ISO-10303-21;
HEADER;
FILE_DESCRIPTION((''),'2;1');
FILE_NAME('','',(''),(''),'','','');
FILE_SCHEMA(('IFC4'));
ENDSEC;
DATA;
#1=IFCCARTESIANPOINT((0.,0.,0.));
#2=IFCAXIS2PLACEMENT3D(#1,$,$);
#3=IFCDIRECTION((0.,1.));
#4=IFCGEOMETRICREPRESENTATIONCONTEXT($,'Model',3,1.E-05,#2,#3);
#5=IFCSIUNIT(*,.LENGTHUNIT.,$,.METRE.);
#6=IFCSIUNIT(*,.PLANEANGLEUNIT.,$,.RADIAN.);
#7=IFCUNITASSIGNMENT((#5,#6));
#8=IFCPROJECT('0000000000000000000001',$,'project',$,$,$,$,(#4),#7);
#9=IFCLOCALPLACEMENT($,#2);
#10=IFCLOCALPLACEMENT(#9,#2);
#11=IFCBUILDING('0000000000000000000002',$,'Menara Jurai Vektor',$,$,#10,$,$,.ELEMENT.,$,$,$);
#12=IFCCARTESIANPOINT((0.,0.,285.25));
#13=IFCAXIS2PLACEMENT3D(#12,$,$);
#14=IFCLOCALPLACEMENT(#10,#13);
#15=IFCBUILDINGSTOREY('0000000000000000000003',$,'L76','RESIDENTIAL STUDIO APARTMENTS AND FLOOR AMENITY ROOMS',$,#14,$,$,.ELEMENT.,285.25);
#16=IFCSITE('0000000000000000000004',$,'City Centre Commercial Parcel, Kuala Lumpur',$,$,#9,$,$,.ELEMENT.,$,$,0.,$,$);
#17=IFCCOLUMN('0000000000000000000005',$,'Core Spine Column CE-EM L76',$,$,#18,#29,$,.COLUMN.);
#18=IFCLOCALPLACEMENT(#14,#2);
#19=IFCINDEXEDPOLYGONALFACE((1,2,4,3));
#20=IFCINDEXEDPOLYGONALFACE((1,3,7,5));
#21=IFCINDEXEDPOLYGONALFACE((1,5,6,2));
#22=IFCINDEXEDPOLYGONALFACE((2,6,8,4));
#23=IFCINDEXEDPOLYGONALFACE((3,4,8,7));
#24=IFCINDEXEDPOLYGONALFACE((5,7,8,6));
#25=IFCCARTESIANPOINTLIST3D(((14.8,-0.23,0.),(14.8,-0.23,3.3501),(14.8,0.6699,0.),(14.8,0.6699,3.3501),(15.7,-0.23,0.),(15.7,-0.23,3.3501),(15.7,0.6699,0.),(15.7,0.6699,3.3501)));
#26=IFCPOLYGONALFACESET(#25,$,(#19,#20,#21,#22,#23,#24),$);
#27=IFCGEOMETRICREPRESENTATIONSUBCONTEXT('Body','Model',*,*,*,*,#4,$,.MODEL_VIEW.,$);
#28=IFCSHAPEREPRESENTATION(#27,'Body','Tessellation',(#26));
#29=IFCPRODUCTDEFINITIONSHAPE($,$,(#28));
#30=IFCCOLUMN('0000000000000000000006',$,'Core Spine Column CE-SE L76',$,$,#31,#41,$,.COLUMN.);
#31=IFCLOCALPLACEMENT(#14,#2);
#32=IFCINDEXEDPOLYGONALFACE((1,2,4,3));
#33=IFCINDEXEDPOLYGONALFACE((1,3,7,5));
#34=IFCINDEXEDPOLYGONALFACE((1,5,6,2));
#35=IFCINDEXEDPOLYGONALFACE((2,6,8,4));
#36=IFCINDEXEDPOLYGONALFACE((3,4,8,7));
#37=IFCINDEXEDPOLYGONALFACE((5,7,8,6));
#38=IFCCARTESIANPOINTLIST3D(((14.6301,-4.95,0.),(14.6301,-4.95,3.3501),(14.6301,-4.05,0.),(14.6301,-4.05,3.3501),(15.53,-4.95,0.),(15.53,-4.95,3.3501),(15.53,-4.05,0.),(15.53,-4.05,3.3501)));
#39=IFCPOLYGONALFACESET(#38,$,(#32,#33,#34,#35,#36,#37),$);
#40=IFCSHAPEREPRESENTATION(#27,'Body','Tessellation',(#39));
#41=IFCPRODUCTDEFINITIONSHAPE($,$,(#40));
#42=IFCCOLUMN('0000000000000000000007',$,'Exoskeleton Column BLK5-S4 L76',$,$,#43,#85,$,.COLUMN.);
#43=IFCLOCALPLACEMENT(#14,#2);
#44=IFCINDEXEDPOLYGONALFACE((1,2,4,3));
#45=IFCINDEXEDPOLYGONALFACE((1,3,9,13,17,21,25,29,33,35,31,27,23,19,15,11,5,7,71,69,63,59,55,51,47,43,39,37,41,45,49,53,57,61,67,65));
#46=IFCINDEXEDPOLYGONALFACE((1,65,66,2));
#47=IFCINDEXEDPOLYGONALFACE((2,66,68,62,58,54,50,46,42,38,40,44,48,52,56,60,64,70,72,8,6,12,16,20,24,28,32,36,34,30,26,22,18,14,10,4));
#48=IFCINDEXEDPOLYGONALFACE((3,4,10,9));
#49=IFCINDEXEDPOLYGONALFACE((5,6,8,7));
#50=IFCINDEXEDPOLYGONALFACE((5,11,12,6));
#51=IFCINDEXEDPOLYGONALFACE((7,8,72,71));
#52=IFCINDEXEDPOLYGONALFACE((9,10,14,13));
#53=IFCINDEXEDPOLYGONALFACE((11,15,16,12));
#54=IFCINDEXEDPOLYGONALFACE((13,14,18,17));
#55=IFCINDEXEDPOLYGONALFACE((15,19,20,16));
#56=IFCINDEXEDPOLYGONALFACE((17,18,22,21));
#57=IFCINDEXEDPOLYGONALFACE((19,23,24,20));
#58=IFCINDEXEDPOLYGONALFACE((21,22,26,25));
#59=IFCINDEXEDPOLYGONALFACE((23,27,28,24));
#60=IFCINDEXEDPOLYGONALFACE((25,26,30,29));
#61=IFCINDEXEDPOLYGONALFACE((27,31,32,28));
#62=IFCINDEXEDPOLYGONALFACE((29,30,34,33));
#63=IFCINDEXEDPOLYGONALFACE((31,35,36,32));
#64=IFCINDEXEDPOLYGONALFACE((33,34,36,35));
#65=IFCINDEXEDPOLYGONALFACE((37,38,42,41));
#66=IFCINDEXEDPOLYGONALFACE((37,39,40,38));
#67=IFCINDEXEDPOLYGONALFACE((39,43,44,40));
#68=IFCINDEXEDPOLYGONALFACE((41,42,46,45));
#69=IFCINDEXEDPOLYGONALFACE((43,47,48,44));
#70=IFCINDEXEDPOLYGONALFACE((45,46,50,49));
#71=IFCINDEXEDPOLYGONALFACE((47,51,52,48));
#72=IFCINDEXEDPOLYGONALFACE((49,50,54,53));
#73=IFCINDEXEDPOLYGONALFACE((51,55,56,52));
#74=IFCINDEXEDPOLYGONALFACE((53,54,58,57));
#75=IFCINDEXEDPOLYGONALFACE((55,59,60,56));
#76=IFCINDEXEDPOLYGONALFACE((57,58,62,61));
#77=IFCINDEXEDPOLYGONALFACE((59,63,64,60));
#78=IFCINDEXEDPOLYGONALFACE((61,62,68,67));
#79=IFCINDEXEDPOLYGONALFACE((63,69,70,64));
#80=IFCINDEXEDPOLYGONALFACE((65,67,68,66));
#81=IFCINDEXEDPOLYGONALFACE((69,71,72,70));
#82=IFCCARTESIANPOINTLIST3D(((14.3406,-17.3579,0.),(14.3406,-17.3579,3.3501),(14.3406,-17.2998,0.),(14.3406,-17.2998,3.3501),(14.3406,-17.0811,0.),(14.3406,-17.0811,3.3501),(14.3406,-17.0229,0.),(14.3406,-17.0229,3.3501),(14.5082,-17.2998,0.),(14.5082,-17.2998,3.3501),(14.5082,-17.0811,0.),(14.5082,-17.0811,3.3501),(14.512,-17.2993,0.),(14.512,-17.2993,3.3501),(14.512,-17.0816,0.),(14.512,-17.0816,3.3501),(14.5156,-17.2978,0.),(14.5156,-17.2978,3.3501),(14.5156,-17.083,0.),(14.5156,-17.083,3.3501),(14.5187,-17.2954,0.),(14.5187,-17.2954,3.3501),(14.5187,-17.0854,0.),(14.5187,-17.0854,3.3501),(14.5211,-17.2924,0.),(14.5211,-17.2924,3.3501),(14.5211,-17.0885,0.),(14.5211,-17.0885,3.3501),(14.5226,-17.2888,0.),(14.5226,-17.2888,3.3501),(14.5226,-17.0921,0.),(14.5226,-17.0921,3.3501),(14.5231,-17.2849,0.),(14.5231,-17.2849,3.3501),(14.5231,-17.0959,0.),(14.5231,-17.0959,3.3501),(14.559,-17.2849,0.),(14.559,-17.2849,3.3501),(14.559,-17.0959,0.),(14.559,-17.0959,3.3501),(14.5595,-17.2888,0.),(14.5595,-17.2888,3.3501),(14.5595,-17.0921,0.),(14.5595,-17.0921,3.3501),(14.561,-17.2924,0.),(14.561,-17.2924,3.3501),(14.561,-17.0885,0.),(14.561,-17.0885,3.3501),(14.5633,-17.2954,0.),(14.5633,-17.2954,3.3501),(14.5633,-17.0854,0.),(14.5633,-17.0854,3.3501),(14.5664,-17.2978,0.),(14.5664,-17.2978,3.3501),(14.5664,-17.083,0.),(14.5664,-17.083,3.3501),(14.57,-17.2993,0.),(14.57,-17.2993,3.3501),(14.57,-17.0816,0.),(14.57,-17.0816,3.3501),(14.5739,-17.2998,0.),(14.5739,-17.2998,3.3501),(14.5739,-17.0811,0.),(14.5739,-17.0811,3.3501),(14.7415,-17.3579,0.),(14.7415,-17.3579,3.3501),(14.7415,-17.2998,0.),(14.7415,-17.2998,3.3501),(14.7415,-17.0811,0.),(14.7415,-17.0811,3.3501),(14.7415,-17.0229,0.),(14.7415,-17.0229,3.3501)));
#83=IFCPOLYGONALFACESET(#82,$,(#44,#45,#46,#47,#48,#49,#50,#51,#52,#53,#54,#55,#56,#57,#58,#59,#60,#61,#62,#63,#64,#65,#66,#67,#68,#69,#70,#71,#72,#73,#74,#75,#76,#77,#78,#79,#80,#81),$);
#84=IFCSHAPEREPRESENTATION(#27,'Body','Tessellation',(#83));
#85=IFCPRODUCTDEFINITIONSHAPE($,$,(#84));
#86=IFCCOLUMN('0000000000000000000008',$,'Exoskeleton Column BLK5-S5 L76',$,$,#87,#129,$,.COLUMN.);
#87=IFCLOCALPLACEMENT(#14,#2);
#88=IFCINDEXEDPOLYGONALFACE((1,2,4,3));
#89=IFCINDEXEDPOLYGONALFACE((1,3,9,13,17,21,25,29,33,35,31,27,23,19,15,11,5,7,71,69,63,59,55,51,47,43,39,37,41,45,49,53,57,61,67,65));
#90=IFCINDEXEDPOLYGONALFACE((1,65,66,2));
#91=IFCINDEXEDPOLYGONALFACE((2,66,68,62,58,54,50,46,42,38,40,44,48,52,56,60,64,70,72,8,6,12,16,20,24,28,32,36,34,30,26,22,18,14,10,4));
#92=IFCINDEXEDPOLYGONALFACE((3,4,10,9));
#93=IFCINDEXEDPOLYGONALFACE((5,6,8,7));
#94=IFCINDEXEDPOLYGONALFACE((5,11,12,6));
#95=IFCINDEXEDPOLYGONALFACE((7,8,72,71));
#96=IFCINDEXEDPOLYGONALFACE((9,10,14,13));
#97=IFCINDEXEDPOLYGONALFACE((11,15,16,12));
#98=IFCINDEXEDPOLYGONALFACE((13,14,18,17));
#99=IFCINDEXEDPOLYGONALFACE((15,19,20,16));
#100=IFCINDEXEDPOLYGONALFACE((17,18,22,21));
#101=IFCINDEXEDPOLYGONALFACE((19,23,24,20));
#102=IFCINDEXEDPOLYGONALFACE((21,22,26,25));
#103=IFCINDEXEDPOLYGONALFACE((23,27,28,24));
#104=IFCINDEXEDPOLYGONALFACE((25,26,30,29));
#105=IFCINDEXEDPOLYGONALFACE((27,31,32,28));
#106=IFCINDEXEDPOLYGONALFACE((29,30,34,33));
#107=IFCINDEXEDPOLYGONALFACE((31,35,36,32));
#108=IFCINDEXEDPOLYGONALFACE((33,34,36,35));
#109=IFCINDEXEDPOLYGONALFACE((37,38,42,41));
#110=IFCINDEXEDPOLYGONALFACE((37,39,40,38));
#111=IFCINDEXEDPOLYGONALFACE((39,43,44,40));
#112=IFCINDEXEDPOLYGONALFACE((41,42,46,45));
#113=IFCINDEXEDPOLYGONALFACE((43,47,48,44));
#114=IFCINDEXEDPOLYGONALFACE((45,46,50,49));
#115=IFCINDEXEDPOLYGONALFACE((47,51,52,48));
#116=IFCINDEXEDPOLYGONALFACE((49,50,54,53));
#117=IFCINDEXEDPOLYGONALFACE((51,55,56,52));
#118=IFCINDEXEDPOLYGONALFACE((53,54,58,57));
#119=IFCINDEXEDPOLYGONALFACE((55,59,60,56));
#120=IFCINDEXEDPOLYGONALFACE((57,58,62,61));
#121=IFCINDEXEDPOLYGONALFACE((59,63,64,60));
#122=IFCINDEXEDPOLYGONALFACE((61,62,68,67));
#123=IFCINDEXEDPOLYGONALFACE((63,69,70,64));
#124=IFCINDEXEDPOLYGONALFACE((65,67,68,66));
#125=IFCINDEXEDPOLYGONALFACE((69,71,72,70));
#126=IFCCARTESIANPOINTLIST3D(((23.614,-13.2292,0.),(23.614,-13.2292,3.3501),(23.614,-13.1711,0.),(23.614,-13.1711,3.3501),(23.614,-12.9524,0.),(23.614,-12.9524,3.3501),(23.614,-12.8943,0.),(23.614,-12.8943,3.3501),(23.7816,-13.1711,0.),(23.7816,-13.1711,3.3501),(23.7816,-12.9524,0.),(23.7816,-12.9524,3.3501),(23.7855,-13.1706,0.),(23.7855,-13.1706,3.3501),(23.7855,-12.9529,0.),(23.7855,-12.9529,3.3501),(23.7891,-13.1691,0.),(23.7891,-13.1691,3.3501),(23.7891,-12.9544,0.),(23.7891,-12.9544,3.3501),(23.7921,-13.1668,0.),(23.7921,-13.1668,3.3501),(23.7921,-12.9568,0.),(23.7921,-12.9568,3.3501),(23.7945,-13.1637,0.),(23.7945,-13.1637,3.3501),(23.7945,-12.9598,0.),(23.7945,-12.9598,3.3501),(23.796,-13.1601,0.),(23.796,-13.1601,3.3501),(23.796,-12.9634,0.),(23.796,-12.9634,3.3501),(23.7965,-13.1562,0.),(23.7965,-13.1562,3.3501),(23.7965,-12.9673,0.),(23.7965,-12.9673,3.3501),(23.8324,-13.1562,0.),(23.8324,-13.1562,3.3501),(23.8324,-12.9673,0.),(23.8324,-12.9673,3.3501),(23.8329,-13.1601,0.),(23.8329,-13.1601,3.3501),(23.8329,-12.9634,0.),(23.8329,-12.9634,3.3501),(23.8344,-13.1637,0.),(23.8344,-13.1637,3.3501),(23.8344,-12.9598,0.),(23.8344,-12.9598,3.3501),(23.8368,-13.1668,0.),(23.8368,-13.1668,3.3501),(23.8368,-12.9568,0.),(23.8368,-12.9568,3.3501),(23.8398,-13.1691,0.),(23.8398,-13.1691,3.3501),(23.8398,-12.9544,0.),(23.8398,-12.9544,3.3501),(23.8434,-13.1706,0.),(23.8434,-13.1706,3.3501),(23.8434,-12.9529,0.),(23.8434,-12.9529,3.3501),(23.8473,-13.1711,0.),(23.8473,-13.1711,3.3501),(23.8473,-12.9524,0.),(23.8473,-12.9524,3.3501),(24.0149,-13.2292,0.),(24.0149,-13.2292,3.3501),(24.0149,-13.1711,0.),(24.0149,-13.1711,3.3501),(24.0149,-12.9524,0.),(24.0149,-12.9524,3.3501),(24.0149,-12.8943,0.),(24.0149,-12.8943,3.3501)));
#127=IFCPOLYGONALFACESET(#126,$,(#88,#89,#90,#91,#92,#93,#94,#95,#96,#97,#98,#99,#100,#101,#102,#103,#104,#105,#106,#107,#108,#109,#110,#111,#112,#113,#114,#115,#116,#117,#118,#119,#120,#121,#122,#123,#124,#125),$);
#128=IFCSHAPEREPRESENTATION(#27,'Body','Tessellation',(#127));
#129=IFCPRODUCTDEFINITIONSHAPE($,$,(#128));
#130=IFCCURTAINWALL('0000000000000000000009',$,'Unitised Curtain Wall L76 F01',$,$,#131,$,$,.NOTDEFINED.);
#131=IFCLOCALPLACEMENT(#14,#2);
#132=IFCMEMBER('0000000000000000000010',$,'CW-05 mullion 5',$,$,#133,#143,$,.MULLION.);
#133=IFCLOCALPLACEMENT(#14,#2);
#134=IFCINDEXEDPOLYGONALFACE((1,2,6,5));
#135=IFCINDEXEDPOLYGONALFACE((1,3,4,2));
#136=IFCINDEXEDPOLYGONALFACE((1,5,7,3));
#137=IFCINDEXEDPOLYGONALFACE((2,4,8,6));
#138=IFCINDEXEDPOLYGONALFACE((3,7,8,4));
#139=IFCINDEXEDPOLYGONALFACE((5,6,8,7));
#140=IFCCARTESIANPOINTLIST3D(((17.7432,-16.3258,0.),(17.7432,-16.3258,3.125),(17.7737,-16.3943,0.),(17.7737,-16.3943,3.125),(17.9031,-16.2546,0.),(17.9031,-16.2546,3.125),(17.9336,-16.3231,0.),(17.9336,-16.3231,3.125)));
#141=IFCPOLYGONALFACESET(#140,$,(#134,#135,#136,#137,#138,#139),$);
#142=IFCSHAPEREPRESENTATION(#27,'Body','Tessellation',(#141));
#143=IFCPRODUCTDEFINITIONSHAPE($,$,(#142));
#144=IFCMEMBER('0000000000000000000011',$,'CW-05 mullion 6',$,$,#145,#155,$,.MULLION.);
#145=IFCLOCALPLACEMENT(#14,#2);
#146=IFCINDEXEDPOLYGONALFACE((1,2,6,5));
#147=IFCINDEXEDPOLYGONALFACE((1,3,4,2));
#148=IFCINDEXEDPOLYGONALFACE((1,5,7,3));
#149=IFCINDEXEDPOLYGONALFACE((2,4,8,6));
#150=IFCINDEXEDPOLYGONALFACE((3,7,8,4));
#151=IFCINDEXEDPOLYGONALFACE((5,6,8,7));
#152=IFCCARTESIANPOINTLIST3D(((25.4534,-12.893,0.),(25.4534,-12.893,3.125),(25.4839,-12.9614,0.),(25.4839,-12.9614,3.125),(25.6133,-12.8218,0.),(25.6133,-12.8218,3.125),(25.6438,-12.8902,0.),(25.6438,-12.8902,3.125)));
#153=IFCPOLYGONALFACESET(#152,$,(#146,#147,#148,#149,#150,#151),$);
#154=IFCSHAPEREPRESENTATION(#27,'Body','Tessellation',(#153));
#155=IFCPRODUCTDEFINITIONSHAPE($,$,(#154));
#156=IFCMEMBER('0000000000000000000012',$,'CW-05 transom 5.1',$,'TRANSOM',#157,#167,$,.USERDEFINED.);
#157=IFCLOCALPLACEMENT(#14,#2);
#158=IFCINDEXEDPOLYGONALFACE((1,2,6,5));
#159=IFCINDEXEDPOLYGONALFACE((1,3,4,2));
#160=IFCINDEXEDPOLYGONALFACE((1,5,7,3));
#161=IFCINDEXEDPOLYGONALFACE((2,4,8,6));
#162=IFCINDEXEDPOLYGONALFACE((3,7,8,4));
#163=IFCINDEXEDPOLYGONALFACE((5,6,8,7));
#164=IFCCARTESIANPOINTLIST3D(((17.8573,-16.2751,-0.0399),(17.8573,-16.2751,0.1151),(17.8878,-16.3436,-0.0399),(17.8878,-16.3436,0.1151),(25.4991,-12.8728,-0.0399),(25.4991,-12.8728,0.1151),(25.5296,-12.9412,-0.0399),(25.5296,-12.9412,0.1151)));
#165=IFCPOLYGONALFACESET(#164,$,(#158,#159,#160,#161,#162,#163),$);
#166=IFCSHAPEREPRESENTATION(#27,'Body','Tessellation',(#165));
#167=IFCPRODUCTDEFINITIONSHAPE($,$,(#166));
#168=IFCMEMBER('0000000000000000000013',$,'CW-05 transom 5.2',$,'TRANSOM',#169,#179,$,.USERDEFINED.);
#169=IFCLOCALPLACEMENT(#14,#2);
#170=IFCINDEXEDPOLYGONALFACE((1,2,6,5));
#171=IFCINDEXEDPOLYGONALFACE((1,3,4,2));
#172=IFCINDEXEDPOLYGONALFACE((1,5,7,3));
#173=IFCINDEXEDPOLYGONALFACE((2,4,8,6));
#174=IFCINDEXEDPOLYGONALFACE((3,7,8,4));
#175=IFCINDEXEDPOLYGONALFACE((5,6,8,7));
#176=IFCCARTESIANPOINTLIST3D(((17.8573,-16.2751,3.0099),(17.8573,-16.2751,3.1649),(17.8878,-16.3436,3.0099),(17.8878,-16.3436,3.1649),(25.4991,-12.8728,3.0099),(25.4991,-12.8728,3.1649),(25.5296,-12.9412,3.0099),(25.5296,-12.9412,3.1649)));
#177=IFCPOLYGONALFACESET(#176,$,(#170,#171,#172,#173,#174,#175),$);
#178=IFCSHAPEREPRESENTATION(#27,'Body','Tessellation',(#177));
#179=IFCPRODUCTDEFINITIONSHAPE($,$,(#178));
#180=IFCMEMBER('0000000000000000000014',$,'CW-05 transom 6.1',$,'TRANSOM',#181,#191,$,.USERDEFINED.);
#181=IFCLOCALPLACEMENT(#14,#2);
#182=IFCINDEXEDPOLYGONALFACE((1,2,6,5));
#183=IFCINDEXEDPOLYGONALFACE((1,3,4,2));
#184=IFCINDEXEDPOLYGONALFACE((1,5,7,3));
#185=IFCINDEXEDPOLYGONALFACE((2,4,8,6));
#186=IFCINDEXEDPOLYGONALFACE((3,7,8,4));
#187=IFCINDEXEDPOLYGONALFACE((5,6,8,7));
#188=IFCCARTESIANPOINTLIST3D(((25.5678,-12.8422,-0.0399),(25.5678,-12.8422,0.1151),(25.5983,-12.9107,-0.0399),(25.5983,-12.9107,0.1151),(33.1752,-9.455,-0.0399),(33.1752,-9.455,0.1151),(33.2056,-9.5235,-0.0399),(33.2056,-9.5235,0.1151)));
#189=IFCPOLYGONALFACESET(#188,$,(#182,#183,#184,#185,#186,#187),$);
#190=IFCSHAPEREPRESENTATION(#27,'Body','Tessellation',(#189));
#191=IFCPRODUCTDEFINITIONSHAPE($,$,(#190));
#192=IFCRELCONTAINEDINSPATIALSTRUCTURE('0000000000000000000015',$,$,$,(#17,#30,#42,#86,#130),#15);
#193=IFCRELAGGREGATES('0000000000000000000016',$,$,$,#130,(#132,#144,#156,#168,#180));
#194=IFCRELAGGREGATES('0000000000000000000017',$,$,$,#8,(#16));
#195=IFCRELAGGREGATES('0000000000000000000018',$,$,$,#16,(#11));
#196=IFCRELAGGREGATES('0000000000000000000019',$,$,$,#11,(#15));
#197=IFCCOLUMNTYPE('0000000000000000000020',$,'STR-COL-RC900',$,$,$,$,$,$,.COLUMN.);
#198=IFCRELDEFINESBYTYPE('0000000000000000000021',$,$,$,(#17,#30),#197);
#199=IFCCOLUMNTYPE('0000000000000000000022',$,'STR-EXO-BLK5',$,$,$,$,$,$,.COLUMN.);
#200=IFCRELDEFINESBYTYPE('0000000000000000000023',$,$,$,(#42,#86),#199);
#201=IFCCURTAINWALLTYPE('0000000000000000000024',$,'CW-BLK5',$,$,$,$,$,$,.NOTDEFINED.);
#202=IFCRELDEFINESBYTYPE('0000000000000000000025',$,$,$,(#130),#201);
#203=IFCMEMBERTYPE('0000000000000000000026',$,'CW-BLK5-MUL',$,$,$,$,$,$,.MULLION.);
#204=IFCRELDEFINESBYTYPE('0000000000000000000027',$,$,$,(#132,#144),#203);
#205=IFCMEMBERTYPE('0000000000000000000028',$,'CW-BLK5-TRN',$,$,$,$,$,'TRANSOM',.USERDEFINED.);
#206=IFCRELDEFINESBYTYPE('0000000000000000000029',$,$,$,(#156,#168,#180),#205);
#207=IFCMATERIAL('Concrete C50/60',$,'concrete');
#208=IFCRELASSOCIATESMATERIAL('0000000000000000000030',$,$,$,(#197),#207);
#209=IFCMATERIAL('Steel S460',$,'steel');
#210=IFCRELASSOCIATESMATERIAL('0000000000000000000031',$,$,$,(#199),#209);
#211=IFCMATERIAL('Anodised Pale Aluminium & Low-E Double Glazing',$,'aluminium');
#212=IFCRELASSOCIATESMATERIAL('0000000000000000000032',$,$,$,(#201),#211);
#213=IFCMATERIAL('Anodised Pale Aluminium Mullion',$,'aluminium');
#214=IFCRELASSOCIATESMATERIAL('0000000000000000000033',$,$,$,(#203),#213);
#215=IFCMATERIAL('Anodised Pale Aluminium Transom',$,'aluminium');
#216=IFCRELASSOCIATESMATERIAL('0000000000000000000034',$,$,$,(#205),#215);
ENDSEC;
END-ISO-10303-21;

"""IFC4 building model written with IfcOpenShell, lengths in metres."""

from ifc_helpers import new_model, si_unit, direction, frame, origin, origin_2d, place, context, subcontext, project, spatial, rectangle, i_section, extrude, material, material_profile, profile_set, type_object, element, aggregate, save


model = new_model("IFC4")

# Units and contexts
model_context = context("Model", 3, precision=1e-05, world=origin(), true_north=direction((0.0, 1.0)))
body_context = subcontext(model_context, "Body", "Model", "MODEL_VIEW")
ifc_project = project(units=[si_unit("LENGTHUNIT", "METRE"), si_unit("PLANEANGLEUNIT", "RADIAN")], contexts=[model_context])

# Site, building, storey
site_placement = place(None, origin())
site = spatial("IfcSite", under=ifc_project, at=site_placement, Name="City Centre Commercial Parcel, Kuala Lumpur", CompositionType="ELEMENT", RefElevation=0.0)
building_placement = place(site_placement, origin())
building = spatial("IfcBuilding", under=site, at=building_placement, Name="Menara Jurai Vektor", CompositionType="ELEMENT")
storey_placement = place(building_placement, frame((0.0, 0.0, 285.25)))
storey = spatial("IfcBuildingStorey", under=building, at=storey_placement, Name="L76", Description="RESIDENTIAL STUDIO APARTMENTS AND FLOOR AMENITY ROOMS", CompositionType="ELEMENT", Elevation=285.25)

# Columns
ifc_material_1 = material(Name="Concrete C50/60", Category="concrete")
ifc_material_profile_1 = material_profile(ifc_material_1, rectangle(XDim=0.8999, YDim=0.8999, at=origin_2d()), Name="RC 900x900")
ifc_profile_set_1 = profile_set([ifc_material_profile_1], Name="Concrete C50/60")
column_type_1 = type_object("IfcColumnType", Name="STR-COL-RC900", PredefinedType="COLUMN", material=ifc_profile_set_1)
for number, where, z_axis, x_axis, name in (
    (1, (15.25, 0.22, 0.0), (0.0, 0.0, 1.0), (1.0, 0.0, 0.0), "Core Spine Column CE-EM L76"),
    (2, (15.0801, -4.5, 0.0), (0.0, 0.0, 1.0), (1.0, 0.0, 0.0), "Core Spine Column CE-SE L76"),
):
    element("IfcColumn", number, at=place(storey_placement, frame(where, z_axis=z_axis, x_axis=x_axis)), inside=storey, type_object=column_type_1, Name=name, PredefinedType="COLUMN", context=body_context, shape_type="SweptSolid", body=[
        extrude(rectangle(XDim=0.8999, YDim=0.8999, at=origin_2d()), origin(), (0.0, 0.0, 1.0), 3.3501),
    ])
ifc_material_2 = material(Name="Steel S460", Category="steel")
ifc_material_profile_2 = material_profile(ifc_material_2, i_section(OverallWidth=0.4009, OverallDepth=0.335, WebThickness=0.0359, FlangeThickness=0.0581, FilletRadius=0.0149, at=origin_2d()), Name="HD 400x463")
ifc_profile_set_2 = profile_set([ifc_material_profile_2], Name="Steel S460")
column_type_2 = type_object("IfcColumnType", Name="STR-EXO-BLK5", PredefinedType="COLUMN", material=ifc_profile_set_2)
for number, where, z_axis, x_axis, name in (
    (3, (14.541, -17.1904, 0.0), (0.0, 0.0, 1.0), (1.0, 0.0, 0.0), "Exoskeleton Column BLK5-S4 L76"),
    (4, (23.8145, -13.0618, 0.0), (0.0, 0.0, 1.0), (1.0, 0.0, 0.0), "Exoskeleton Column BLK5-S5 L76"),
):
    element("IfcColumn", number, at=place(storey_placement, frame(where, z_axis=z_axis, x_axis=x_axis)), inside=storey, type_object=column_type_2, Name=name, PredefinedType="COLUMN", context=body_context, shape_type="SweptSolid", body=[
        extrude(i_section(OverallWidth=0.4009, OverallDepth=0.335, WebThickness=0.0359, FlangeThickness=0.0581, FilletRadius=0.0149, at=origin_2d()), origin(), (0.0, 0.0, 1.0), 3.3501),
    ])

# Curtain wall, members
ifc_material_3 = material(Name="Anodised Pale Aluminium & Low-E Double Glazing", Category="aluminium")
curtain_wall_type = type_object("IfcCurtainWallType", Name="CW-BLK5", PredefinedType="NOTDEFINED", material=ifc_material_3)
curtain_wall_placement = place(storey_placement, origin())
curtain_wall = element("IfcCurtainWall", 5, at=curtain_wall_placement, inside=storey, type_object=curtain_wall_type, Name="Unitised Curtain Wall L76 F01", PredefinedType="NOTDEFINED")
ifc_material_4 = material(Name="Anodised Pale Aluminium Mullion", Category="aluminium")
ifc_material_profile_3 = material_profile(ifc_material_4, rectangle(XDim=0.075, YDim=0.175, at=origin_2d()), Name="ALU MUL 75x175")
ifc_profile_set_3 = profile_set([ifc_material_profile_3], Name="Anodised Pale Aluminium Mullion")
member_type_1 = type_object("IfcMemberType", Name="CW-BLK5-MUL", PredefinedType="MULLION", material=ifc_profile_set_3)
member_1_placement = place(storey_placement, frame((17.8384, -16.3245, 0.0), z_axis=(0.0, 0.0, 1.0), x_axis=(-0.406735, 0.913546, 0.0)))
member_1 = element("IfcMember", 6, at=member_1_placement, type_object=member_type_1, Name="CW-05 mullion 5", PredefinedType="MULLION", context=body_context, shape_type="SweptSolid", body=[
    extrude(rectangle(XDim=0.075, YDim=0.175, at=origin_2d()), origin(), (0.0, 0.0, 1.0), 3.125),
])
member_2_placement = place(storey_placement, frame((25.5486, -12.8916, 0.0), z_axis=(0.0, 0.0, 1.0), x_axis=(-0.406735, 0.913546, 0.0)))
member_2 = element("IfcMember", 7, at=member_2_placement, type_object=member_type_1, Name="CW-05 mullion 6", PredefinedType="MULLION", context=body_context, shape_type="SweptSolid", body=[
    extrude(rectangle(XDim=0.075, YDim=0.175, at=origin_2d()), origin(), (0.0, 0.0, 1.0), 3.125),
])
ifc_material_5 = material(Name="Anodised Pale Aluminium Transom", Category="aluminium")
ifc_material_profile_4 = material_profile(ifc_material_5, rectangle(XDim=0.075, YDim=0.155, at=origin_2d()), Name="ALU TRN 75x155")
ifc_profile_set_4 = profile_set([ifc_material_profile_4], Name="Anodised Pale Aluminium Transom")
member_type_2 = type_object("IfcMemberType", Name="CW-BLK5-TRN", ElementType="TRANSOM", PredefinedType="USERDEFINED", material=ifc_profile_set_4)
member_3_placement = place(storey_placement, frame((17.8726, -16.3093, 0.0376), z_axis=(0.913547, 0.406734, 0.0), x_axis=(-0.406734, 0.913547, 0.0)))
member_3 = element("IfcMember", 8, at=member_3_placement, type_object=member_type_2, Name="CW-05 transom 5.1", ObjectType="TRANSOM", PredefinedType="USERDEFINED", context=body_context, shape_type="SweptSolid", body=[
    extrude(rectangle(XDim=0.075, YDim=0.155, at=origin_2d()), origin(), (0.0, 0.0, 1.0), 8.365),
])
member_4_placement = place(storey_placement, frame((17.8726, -16.3093, 3.0874), z_axis=(0.913547, 0.406734, 0.0), x_axis=(-0.406734, 0.913547, 0.0)))
member_4 = element("IfcMember", 9, at=member_4_placement, type_object=member_type_2, Name="CW-05 transom 5.2", ObjectType="TRANSOM", PredefinedType="USERDEFINED", context=body_context, shape_type="SweptSolid", body=[
    extrude(rectangle(XDim=0.075, YDim=0.155, at=origin_2d()), origin(), (0.0, 0.0, 1.0), 8.365),
])
member_5_placement = place(storey_placement, frame((25.583, -12.8765, 0.0376), z_axis=(0.913538, 0.406753, 0.0), x_axis=(-0.406753, 0.913538, 0.0)))
member_5 = element("IfcMember", 10, at=member_5_placement, type_object=member_type_2, Name="CW-05 transom 6.1", ObjectType="TRANSOM", PredefinedType="USERDEFINED", context=body_context, shape_type="SweptSolid", body=[
    extrude(rectangle(XDim=0.075, YDim=0.155, at=origin_2d()), origin(), (0.0, 0.0, 1.0), 8.3274),
])

aggregate(curtain_wall, [member_1, member_2, member_3, member_4, member_5])

save(model, "model.ifc")
